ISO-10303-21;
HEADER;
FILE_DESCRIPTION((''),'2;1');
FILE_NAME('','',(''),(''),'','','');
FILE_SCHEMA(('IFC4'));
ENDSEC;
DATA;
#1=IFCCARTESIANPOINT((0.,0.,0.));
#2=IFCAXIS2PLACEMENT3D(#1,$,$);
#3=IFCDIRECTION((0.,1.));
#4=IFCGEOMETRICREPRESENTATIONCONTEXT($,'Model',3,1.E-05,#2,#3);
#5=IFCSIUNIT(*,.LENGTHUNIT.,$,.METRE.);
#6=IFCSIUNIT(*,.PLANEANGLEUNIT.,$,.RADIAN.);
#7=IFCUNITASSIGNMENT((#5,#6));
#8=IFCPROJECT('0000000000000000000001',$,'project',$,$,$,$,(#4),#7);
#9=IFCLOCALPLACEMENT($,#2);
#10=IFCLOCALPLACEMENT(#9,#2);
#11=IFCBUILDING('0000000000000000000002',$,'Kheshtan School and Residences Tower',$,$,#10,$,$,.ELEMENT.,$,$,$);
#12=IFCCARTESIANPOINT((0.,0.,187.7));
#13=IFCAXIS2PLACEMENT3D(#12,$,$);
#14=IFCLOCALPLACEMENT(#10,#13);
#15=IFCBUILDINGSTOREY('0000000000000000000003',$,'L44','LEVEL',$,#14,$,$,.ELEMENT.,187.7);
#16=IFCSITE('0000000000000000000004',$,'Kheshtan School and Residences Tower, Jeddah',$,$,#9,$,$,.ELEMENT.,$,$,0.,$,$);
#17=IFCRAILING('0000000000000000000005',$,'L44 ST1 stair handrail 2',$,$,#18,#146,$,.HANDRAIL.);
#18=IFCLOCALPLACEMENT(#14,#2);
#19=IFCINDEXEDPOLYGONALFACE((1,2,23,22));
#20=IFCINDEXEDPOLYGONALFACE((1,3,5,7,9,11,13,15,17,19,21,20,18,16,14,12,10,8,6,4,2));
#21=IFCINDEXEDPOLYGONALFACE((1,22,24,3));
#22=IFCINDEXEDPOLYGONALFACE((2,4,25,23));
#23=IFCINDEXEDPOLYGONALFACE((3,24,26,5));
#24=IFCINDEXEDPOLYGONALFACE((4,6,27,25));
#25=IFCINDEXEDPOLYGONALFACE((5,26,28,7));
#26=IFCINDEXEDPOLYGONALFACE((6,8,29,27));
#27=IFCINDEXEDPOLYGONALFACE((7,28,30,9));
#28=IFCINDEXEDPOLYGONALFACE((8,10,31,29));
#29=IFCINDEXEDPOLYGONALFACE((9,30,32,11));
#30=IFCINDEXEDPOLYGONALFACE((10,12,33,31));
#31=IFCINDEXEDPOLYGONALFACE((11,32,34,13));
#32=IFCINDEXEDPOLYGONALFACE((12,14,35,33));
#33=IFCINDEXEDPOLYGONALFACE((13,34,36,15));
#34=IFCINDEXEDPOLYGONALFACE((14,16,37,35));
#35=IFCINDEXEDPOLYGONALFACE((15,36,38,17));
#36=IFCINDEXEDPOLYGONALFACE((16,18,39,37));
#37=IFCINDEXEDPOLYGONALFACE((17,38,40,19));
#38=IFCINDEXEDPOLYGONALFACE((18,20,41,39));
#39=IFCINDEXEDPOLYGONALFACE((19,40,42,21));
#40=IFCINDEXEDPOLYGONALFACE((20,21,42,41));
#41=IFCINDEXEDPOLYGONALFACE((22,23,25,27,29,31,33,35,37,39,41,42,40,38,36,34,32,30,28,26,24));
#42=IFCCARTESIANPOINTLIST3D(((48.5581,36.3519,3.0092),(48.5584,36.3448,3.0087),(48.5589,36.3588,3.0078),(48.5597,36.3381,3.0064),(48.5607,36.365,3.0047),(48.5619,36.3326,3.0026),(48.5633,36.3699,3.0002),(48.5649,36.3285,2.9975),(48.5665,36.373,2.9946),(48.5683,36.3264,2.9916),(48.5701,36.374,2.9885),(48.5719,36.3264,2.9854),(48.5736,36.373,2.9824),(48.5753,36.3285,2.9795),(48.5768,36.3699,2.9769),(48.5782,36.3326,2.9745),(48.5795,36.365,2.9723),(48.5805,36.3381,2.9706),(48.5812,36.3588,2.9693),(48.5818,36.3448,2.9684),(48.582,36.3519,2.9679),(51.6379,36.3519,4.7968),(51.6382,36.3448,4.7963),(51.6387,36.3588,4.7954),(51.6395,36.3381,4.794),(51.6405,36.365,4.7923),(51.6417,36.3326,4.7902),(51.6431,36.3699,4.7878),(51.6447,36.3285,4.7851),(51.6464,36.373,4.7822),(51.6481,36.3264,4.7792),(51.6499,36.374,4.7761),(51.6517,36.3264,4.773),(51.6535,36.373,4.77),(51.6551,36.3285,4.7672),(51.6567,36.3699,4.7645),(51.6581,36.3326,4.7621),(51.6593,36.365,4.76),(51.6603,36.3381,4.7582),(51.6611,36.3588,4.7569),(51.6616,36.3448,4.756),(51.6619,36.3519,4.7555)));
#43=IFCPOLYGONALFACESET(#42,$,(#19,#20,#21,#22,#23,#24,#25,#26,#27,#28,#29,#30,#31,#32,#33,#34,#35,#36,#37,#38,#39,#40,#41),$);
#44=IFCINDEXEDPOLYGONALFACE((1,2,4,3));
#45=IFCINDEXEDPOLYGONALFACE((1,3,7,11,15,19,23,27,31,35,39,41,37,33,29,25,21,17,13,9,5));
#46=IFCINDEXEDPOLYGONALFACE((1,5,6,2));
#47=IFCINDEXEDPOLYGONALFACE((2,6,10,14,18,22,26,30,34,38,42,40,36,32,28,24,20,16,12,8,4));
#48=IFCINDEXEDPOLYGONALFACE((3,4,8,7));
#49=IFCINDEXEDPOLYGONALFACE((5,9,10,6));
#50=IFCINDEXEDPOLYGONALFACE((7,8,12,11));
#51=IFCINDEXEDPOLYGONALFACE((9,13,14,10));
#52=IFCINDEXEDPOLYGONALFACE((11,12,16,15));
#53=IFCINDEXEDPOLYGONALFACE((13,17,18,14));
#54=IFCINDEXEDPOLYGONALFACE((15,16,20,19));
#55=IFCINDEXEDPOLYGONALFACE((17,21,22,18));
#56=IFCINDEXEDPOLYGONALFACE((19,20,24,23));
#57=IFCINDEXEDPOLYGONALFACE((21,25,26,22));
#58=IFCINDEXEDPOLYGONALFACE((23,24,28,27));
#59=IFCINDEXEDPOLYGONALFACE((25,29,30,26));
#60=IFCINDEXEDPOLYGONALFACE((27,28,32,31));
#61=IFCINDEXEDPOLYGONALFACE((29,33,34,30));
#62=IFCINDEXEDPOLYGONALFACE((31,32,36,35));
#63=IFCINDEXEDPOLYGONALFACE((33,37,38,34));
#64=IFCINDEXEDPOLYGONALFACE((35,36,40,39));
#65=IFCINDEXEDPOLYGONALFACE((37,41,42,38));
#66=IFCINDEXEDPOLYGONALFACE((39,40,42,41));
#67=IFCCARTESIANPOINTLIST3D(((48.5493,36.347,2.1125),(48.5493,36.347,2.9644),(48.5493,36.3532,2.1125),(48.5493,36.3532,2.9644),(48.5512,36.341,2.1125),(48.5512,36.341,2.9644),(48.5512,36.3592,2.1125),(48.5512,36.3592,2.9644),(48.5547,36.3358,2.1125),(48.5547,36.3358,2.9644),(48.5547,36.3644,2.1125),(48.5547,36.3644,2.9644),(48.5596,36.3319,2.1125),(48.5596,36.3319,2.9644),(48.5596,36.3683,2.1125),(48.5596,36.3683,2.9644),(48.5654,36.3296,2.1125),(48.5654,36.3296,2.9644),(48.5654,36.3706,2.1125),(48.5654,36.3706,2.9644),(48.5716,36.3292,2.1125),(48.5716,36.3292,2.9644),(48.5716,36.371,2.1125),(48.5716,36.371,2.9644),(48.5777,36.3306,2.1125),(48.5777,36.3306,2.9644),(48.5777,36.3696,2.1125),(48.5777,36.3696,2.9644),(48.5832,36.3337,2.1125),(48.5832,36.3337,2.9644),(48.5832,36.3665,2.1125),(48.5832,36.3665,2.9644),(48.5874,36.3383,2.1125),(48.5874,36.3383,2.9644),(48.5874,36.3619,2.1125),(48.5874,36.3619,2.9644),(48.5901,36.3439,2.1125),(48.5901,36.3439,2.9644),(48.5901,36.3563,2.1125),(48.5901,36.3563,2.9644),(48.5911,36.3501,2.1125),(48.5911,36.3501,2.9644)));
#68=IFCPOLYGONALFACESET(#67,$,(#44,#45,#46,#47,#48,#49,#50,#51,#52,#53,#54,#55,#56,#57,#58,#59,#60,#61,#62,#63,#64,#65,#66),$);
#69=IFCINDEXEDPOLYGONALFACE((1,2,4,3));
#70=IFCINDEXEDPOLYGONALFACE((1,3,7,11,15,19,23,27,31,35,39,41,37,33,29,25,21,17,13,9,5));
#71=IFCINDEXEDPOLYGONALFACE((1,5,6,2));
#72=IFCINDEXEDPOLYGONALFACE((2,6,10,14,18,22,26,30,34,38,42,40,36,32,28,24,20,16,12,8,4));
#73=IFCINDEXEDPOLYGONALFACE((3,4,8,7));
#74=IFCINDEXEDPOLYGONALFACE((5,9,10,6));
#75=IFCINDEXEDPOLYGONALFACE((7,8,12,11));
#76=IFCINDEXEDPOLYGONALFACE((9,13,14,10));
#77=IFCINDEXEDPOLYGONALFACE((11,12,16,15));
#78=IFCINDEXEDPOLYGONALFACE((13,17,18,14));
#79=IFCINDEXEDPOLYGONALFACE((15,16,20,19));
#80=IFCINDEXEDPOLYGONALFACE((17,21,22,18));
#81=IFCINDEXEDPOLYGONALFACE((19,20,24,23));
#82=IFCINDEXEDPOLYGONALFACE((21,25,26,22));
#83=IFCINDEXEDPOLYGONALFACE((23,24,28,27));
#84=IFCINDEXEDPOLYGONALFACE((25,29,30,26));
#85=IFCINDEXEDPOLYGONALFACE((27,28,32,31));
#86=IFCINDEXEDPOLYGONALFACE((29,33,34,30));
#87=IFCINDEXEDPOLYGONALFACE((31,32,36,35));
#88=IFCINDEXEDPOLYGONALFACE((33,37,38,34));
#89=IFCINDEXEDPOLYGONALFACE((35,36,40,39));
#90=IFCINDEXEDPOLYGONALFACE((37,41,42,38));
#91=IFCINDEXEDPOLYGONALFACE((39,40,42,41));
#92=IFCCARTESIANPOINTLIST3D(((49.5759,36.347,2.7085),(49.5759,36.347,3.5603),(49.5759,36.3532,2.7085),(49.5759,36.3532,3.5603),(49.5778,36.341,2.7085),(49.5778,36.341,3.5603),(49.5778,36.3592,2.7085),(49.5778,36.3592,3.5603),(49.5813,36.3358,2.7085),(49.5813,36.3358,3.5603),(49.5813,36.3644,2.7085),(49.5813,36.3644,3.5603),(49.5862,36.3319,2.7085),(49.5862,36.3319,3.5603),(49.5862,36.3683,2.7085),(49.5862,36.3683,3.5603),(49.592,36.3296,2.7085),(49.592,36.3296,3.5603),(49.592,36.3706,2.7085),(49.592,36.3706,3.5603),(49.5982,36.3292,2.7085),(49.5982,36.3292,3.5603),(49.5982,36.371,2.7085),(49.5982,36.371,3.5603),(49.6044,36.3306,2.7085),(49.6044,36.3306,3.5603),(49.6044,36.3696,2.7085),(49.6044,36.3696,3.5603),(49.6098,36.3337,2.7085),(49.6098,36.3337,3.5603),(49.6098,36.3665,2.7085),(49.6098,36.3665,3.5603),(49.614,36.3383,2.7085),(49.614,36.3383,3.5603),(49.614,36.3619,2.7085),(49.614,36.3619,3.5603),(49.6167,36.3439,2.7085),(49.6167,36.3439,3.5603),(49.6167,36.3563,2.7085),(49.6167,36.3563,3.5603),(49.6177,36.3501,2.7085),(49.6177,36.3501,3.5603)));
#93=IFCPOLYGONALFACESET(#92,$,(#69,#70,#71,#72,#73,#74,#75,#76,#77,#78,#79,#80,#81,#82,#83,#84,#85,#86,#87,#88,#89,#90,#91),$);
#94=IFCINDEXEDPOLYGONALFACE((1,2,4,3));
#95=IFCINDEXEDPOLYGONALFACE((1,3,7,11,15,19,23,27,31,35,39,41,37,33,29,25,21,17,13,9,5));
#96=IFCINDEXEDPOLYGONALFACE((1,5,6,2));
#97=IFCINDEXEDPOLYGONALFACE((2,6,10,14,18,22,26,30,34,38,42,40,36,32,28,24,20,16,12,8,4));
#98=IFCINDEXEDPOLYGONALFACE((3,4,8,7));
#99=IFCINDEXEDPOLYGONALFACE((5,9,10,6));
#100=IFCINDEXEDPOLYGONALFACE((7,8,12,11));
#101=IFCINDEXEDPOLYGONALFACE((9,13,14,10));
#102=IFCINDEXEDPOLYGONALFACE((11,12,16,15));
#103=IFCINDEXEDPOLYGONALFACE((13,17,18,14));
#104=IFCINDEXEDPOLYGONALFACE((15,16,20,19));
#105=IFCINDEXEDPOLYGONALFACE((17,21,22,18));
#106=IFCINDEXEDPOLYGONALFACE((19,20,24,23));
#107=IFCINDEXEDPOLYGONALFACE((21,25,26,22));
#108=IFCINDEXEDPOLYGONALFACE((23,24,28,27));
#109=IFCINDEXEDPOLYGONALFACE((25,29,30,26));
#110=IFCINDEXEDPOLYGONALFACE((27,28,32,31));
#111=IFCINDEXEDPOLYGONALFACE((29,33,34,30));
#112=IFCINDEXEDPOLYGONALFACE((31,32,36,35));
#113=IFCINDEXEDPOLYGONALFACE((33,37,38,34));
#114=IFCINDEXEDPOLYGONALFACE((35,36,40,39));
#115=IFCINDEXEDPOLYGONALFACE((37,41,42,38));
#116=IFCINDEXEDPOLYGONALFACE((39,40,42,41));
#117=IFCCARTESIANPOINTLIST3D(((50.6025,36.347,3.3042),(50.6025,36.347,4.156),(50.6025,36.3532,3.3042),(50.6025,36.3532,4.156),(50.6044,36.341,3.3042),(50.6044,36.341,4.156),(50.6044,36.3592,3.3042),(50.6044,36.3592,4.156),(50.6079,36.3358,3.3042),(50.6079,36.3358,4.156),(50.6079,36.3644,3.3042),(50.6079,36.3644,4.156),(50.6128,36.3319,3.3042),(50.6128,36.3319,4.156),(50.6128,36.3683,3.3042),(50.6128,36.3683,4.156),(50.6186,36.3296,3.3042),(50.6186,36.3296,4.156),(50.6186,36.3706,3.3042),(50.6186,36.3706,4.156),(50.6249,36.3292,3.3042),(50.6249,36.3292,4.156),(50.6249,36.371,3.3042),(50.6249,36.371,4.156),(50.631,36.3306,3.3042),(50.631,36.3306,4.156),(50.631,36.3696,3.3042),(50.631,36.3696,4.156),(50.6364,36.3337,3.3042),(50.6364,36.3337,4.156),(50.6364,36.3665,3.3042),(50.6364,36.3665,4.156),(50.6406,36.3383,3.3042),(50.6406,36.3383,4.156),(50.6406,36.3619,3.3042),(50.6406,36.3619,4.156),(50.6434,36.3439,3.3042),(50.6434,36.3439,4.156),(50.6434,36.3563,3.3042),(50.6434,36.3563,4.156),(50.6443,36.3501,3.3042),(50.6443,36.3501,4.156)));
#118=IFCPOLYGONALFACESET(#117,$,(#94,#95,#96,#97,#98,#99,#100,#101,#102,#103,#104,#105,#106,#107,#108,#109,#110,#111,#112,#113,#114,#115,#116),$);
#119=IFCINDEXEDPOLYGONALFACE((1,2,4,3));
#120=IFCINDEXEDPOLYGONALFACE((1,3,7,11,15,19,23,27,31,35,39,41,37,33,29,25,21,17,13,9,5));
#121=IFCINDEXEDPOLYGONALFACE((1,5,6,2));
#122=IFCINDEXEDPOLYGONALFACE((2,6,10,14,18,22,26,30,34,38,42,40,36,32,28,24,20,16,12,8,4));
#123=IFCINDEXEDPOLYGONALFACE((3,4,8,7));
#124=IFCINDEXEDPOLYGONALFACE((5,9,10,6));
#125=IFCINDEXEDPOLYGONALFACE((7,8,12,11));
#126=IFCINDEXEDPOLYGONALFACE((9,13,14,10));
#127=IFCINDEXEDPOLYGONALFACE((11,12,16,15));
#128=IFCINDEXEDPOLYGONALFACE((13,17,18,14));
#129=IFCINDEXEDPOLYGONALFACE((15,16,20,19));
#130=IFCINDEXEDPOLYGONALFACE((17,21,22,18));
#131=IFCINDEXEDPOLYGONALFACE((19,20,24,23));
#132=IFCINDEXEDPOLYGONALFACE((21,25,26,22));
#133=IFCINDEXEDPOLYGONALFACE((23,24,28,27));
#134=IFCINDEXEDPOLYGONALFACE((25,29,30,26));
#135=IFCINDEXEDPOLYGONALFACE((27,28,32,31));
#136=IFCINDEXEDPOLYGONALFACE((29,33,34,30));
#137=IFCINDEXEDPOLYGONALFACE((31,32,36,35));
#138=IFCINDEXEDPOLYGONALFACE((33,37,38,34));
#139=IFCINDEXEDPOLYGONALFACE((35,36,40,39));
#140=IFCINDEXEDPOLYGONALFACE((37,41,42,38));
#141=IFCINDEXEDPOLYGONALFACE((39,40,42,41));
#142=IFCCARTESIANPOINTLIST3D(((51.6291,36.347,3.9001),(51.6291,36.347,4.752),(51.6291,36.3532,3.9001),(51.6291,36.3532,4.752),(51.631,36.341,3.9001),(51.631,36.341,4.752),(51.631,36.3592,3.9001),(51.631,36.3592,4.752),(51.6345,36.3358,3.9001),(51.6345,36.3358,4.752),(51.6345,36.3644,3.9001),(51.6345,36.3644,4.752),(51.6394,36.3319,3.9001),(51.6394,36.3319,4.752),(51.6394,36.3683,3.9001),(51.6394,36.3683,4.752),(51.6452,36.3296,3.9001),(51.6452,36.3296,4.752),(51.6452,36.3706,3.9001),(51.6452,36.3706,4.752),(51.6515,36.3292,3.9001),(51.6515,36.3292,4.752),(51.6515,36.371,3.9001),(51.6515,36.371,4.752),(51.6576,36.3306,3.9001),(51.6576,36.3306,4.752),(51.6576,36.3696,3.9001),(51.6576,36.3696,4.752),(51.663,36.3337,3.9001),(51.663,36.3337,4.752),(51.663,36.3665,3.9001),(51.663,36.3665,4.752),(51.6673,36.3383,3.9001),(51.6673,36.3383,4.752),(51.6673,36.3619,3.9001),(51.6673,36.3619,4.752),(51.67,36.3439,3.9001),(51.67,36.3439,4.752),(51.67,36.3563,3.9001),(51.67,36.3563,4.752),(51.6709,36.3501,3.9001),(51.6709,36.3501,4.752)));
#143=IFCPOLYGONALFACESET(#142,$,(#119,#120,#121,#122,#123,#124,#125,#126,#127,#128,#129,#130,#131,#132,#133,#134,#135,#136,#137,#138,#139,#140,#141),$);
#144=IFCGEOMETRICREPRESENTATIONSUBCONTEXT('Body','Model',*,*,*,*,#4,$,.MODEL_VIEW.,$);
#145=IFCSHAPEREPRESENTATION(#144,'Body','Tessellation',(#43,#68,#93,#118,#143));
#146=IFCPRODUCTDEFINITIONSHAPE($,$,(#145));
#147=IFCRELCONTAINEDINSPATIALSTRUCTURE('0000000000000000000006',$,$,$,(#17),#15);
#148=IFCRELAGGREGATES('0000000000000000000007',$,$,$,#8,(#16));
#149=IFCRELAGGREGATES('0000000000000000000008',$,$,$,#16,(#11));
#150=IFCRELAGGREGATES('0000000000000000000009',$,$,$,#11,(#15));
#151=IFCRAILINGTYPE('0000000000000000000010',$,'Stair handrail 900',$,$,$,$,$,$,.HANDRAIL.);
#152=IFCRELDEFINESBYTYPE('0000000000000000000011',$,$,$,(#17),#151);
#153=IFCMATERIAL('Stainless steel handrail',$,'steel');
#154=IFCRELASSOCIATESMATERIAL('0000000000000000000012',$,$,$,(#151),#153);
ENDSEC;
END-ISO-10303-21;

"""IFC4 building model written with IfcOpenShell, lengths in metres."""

from ifc_helpers import new_model, si_unit, direction, frame, origin, origin_2d, place, context, subcontext, project, spatial, circle, extrude, material, type_object, element, save


model = new_model("IFC4")

# Units and contexts
model_context = context("Model", 3, precision=1e-05, world=origin(), true_north=direction((0.0, 1.0)))
body_context = subcontext(model_context, "Body", "Model", "MODEL_VIEW")
ifc_project = project(units=[si_unit("LENGTHUNIT", "METRE"), si_unit("PLANEANGLEUNIT", "RADIAN")], contexts=[model_context])

# Site, building, storey
site_placement = place(None, origin())
site = spatial("IfcSite", under=ifc_project, at=site_placement, Name="Kheshtan School and Residences Tower, Jeddah", CompositionType="ELEMENT", RefElevation=0.0)
building_placement = place(site_placement, origin())
building = spatial("IfcBuilding", under=site, at=building_placement, Name="Kheshtan School and Residences Tower", CompositionType="ELEMENT")
storey_placement = place(building_placement, frame((0.0, 0.0, 187.7)))
storey = spatial("IfcBuildingStorey", under=building, at=storey_placement, Name="L44", Description="LEVEL", CompositionType="ELEMENT", Elevation=187.7)

# Railing
ifc_material_1 = material(Name="Stainless steel handrail", Category="steel")
railing_type = type_object("IfcRailingType", Name="Stair handrail 900", PredefinedType="HANDRAIL", material=ifc_material_1)
railing_placement = place(storey_placement, frame((48.5701, 36.3501, 2.1125)))
element("IfcRailing", 1, at=railing_placement, inside=storey, type_object=railing_type, Name="L44 ST1 stair handrail 2", PredefinedType="HANDRAIL", context=body_context, shape_type="SweptSolid", body=[
    extrude(circle(Radius=0.0239, at=origin_2d()), frame((0.0, 0.0, 0.876), z_axis=(0.864873, 0.0, 0.50199), x_axis=(0.0, 1.0, 0.0)), (0.0, 0.0, 1.0), 3.561),
    extrude(circle(Radius=0.021, at=origin_2d()), origin(), (0.0, 0.0, 1.0), 0.8518),
    extrude(circle(Radius=0.021, at=origin_2d()), frame((1.0266, 0.0, 0.5959)), (0.0, 0.0, 1.0), 0.8518),
    extrude(circle(Radius=0.021, at=origin_2d()), frame((2.0532, 0.0, 1.1917)), (0.0, 0.0, 1.0), 0.8518),
    extrude(circle(Radius=0.021, at=origin_2d()), frame((3.0798, 0.0, 1.7876)), (0.0, 0.0, 1.0), 0.8518),
])

save(model, "model.ifc")
